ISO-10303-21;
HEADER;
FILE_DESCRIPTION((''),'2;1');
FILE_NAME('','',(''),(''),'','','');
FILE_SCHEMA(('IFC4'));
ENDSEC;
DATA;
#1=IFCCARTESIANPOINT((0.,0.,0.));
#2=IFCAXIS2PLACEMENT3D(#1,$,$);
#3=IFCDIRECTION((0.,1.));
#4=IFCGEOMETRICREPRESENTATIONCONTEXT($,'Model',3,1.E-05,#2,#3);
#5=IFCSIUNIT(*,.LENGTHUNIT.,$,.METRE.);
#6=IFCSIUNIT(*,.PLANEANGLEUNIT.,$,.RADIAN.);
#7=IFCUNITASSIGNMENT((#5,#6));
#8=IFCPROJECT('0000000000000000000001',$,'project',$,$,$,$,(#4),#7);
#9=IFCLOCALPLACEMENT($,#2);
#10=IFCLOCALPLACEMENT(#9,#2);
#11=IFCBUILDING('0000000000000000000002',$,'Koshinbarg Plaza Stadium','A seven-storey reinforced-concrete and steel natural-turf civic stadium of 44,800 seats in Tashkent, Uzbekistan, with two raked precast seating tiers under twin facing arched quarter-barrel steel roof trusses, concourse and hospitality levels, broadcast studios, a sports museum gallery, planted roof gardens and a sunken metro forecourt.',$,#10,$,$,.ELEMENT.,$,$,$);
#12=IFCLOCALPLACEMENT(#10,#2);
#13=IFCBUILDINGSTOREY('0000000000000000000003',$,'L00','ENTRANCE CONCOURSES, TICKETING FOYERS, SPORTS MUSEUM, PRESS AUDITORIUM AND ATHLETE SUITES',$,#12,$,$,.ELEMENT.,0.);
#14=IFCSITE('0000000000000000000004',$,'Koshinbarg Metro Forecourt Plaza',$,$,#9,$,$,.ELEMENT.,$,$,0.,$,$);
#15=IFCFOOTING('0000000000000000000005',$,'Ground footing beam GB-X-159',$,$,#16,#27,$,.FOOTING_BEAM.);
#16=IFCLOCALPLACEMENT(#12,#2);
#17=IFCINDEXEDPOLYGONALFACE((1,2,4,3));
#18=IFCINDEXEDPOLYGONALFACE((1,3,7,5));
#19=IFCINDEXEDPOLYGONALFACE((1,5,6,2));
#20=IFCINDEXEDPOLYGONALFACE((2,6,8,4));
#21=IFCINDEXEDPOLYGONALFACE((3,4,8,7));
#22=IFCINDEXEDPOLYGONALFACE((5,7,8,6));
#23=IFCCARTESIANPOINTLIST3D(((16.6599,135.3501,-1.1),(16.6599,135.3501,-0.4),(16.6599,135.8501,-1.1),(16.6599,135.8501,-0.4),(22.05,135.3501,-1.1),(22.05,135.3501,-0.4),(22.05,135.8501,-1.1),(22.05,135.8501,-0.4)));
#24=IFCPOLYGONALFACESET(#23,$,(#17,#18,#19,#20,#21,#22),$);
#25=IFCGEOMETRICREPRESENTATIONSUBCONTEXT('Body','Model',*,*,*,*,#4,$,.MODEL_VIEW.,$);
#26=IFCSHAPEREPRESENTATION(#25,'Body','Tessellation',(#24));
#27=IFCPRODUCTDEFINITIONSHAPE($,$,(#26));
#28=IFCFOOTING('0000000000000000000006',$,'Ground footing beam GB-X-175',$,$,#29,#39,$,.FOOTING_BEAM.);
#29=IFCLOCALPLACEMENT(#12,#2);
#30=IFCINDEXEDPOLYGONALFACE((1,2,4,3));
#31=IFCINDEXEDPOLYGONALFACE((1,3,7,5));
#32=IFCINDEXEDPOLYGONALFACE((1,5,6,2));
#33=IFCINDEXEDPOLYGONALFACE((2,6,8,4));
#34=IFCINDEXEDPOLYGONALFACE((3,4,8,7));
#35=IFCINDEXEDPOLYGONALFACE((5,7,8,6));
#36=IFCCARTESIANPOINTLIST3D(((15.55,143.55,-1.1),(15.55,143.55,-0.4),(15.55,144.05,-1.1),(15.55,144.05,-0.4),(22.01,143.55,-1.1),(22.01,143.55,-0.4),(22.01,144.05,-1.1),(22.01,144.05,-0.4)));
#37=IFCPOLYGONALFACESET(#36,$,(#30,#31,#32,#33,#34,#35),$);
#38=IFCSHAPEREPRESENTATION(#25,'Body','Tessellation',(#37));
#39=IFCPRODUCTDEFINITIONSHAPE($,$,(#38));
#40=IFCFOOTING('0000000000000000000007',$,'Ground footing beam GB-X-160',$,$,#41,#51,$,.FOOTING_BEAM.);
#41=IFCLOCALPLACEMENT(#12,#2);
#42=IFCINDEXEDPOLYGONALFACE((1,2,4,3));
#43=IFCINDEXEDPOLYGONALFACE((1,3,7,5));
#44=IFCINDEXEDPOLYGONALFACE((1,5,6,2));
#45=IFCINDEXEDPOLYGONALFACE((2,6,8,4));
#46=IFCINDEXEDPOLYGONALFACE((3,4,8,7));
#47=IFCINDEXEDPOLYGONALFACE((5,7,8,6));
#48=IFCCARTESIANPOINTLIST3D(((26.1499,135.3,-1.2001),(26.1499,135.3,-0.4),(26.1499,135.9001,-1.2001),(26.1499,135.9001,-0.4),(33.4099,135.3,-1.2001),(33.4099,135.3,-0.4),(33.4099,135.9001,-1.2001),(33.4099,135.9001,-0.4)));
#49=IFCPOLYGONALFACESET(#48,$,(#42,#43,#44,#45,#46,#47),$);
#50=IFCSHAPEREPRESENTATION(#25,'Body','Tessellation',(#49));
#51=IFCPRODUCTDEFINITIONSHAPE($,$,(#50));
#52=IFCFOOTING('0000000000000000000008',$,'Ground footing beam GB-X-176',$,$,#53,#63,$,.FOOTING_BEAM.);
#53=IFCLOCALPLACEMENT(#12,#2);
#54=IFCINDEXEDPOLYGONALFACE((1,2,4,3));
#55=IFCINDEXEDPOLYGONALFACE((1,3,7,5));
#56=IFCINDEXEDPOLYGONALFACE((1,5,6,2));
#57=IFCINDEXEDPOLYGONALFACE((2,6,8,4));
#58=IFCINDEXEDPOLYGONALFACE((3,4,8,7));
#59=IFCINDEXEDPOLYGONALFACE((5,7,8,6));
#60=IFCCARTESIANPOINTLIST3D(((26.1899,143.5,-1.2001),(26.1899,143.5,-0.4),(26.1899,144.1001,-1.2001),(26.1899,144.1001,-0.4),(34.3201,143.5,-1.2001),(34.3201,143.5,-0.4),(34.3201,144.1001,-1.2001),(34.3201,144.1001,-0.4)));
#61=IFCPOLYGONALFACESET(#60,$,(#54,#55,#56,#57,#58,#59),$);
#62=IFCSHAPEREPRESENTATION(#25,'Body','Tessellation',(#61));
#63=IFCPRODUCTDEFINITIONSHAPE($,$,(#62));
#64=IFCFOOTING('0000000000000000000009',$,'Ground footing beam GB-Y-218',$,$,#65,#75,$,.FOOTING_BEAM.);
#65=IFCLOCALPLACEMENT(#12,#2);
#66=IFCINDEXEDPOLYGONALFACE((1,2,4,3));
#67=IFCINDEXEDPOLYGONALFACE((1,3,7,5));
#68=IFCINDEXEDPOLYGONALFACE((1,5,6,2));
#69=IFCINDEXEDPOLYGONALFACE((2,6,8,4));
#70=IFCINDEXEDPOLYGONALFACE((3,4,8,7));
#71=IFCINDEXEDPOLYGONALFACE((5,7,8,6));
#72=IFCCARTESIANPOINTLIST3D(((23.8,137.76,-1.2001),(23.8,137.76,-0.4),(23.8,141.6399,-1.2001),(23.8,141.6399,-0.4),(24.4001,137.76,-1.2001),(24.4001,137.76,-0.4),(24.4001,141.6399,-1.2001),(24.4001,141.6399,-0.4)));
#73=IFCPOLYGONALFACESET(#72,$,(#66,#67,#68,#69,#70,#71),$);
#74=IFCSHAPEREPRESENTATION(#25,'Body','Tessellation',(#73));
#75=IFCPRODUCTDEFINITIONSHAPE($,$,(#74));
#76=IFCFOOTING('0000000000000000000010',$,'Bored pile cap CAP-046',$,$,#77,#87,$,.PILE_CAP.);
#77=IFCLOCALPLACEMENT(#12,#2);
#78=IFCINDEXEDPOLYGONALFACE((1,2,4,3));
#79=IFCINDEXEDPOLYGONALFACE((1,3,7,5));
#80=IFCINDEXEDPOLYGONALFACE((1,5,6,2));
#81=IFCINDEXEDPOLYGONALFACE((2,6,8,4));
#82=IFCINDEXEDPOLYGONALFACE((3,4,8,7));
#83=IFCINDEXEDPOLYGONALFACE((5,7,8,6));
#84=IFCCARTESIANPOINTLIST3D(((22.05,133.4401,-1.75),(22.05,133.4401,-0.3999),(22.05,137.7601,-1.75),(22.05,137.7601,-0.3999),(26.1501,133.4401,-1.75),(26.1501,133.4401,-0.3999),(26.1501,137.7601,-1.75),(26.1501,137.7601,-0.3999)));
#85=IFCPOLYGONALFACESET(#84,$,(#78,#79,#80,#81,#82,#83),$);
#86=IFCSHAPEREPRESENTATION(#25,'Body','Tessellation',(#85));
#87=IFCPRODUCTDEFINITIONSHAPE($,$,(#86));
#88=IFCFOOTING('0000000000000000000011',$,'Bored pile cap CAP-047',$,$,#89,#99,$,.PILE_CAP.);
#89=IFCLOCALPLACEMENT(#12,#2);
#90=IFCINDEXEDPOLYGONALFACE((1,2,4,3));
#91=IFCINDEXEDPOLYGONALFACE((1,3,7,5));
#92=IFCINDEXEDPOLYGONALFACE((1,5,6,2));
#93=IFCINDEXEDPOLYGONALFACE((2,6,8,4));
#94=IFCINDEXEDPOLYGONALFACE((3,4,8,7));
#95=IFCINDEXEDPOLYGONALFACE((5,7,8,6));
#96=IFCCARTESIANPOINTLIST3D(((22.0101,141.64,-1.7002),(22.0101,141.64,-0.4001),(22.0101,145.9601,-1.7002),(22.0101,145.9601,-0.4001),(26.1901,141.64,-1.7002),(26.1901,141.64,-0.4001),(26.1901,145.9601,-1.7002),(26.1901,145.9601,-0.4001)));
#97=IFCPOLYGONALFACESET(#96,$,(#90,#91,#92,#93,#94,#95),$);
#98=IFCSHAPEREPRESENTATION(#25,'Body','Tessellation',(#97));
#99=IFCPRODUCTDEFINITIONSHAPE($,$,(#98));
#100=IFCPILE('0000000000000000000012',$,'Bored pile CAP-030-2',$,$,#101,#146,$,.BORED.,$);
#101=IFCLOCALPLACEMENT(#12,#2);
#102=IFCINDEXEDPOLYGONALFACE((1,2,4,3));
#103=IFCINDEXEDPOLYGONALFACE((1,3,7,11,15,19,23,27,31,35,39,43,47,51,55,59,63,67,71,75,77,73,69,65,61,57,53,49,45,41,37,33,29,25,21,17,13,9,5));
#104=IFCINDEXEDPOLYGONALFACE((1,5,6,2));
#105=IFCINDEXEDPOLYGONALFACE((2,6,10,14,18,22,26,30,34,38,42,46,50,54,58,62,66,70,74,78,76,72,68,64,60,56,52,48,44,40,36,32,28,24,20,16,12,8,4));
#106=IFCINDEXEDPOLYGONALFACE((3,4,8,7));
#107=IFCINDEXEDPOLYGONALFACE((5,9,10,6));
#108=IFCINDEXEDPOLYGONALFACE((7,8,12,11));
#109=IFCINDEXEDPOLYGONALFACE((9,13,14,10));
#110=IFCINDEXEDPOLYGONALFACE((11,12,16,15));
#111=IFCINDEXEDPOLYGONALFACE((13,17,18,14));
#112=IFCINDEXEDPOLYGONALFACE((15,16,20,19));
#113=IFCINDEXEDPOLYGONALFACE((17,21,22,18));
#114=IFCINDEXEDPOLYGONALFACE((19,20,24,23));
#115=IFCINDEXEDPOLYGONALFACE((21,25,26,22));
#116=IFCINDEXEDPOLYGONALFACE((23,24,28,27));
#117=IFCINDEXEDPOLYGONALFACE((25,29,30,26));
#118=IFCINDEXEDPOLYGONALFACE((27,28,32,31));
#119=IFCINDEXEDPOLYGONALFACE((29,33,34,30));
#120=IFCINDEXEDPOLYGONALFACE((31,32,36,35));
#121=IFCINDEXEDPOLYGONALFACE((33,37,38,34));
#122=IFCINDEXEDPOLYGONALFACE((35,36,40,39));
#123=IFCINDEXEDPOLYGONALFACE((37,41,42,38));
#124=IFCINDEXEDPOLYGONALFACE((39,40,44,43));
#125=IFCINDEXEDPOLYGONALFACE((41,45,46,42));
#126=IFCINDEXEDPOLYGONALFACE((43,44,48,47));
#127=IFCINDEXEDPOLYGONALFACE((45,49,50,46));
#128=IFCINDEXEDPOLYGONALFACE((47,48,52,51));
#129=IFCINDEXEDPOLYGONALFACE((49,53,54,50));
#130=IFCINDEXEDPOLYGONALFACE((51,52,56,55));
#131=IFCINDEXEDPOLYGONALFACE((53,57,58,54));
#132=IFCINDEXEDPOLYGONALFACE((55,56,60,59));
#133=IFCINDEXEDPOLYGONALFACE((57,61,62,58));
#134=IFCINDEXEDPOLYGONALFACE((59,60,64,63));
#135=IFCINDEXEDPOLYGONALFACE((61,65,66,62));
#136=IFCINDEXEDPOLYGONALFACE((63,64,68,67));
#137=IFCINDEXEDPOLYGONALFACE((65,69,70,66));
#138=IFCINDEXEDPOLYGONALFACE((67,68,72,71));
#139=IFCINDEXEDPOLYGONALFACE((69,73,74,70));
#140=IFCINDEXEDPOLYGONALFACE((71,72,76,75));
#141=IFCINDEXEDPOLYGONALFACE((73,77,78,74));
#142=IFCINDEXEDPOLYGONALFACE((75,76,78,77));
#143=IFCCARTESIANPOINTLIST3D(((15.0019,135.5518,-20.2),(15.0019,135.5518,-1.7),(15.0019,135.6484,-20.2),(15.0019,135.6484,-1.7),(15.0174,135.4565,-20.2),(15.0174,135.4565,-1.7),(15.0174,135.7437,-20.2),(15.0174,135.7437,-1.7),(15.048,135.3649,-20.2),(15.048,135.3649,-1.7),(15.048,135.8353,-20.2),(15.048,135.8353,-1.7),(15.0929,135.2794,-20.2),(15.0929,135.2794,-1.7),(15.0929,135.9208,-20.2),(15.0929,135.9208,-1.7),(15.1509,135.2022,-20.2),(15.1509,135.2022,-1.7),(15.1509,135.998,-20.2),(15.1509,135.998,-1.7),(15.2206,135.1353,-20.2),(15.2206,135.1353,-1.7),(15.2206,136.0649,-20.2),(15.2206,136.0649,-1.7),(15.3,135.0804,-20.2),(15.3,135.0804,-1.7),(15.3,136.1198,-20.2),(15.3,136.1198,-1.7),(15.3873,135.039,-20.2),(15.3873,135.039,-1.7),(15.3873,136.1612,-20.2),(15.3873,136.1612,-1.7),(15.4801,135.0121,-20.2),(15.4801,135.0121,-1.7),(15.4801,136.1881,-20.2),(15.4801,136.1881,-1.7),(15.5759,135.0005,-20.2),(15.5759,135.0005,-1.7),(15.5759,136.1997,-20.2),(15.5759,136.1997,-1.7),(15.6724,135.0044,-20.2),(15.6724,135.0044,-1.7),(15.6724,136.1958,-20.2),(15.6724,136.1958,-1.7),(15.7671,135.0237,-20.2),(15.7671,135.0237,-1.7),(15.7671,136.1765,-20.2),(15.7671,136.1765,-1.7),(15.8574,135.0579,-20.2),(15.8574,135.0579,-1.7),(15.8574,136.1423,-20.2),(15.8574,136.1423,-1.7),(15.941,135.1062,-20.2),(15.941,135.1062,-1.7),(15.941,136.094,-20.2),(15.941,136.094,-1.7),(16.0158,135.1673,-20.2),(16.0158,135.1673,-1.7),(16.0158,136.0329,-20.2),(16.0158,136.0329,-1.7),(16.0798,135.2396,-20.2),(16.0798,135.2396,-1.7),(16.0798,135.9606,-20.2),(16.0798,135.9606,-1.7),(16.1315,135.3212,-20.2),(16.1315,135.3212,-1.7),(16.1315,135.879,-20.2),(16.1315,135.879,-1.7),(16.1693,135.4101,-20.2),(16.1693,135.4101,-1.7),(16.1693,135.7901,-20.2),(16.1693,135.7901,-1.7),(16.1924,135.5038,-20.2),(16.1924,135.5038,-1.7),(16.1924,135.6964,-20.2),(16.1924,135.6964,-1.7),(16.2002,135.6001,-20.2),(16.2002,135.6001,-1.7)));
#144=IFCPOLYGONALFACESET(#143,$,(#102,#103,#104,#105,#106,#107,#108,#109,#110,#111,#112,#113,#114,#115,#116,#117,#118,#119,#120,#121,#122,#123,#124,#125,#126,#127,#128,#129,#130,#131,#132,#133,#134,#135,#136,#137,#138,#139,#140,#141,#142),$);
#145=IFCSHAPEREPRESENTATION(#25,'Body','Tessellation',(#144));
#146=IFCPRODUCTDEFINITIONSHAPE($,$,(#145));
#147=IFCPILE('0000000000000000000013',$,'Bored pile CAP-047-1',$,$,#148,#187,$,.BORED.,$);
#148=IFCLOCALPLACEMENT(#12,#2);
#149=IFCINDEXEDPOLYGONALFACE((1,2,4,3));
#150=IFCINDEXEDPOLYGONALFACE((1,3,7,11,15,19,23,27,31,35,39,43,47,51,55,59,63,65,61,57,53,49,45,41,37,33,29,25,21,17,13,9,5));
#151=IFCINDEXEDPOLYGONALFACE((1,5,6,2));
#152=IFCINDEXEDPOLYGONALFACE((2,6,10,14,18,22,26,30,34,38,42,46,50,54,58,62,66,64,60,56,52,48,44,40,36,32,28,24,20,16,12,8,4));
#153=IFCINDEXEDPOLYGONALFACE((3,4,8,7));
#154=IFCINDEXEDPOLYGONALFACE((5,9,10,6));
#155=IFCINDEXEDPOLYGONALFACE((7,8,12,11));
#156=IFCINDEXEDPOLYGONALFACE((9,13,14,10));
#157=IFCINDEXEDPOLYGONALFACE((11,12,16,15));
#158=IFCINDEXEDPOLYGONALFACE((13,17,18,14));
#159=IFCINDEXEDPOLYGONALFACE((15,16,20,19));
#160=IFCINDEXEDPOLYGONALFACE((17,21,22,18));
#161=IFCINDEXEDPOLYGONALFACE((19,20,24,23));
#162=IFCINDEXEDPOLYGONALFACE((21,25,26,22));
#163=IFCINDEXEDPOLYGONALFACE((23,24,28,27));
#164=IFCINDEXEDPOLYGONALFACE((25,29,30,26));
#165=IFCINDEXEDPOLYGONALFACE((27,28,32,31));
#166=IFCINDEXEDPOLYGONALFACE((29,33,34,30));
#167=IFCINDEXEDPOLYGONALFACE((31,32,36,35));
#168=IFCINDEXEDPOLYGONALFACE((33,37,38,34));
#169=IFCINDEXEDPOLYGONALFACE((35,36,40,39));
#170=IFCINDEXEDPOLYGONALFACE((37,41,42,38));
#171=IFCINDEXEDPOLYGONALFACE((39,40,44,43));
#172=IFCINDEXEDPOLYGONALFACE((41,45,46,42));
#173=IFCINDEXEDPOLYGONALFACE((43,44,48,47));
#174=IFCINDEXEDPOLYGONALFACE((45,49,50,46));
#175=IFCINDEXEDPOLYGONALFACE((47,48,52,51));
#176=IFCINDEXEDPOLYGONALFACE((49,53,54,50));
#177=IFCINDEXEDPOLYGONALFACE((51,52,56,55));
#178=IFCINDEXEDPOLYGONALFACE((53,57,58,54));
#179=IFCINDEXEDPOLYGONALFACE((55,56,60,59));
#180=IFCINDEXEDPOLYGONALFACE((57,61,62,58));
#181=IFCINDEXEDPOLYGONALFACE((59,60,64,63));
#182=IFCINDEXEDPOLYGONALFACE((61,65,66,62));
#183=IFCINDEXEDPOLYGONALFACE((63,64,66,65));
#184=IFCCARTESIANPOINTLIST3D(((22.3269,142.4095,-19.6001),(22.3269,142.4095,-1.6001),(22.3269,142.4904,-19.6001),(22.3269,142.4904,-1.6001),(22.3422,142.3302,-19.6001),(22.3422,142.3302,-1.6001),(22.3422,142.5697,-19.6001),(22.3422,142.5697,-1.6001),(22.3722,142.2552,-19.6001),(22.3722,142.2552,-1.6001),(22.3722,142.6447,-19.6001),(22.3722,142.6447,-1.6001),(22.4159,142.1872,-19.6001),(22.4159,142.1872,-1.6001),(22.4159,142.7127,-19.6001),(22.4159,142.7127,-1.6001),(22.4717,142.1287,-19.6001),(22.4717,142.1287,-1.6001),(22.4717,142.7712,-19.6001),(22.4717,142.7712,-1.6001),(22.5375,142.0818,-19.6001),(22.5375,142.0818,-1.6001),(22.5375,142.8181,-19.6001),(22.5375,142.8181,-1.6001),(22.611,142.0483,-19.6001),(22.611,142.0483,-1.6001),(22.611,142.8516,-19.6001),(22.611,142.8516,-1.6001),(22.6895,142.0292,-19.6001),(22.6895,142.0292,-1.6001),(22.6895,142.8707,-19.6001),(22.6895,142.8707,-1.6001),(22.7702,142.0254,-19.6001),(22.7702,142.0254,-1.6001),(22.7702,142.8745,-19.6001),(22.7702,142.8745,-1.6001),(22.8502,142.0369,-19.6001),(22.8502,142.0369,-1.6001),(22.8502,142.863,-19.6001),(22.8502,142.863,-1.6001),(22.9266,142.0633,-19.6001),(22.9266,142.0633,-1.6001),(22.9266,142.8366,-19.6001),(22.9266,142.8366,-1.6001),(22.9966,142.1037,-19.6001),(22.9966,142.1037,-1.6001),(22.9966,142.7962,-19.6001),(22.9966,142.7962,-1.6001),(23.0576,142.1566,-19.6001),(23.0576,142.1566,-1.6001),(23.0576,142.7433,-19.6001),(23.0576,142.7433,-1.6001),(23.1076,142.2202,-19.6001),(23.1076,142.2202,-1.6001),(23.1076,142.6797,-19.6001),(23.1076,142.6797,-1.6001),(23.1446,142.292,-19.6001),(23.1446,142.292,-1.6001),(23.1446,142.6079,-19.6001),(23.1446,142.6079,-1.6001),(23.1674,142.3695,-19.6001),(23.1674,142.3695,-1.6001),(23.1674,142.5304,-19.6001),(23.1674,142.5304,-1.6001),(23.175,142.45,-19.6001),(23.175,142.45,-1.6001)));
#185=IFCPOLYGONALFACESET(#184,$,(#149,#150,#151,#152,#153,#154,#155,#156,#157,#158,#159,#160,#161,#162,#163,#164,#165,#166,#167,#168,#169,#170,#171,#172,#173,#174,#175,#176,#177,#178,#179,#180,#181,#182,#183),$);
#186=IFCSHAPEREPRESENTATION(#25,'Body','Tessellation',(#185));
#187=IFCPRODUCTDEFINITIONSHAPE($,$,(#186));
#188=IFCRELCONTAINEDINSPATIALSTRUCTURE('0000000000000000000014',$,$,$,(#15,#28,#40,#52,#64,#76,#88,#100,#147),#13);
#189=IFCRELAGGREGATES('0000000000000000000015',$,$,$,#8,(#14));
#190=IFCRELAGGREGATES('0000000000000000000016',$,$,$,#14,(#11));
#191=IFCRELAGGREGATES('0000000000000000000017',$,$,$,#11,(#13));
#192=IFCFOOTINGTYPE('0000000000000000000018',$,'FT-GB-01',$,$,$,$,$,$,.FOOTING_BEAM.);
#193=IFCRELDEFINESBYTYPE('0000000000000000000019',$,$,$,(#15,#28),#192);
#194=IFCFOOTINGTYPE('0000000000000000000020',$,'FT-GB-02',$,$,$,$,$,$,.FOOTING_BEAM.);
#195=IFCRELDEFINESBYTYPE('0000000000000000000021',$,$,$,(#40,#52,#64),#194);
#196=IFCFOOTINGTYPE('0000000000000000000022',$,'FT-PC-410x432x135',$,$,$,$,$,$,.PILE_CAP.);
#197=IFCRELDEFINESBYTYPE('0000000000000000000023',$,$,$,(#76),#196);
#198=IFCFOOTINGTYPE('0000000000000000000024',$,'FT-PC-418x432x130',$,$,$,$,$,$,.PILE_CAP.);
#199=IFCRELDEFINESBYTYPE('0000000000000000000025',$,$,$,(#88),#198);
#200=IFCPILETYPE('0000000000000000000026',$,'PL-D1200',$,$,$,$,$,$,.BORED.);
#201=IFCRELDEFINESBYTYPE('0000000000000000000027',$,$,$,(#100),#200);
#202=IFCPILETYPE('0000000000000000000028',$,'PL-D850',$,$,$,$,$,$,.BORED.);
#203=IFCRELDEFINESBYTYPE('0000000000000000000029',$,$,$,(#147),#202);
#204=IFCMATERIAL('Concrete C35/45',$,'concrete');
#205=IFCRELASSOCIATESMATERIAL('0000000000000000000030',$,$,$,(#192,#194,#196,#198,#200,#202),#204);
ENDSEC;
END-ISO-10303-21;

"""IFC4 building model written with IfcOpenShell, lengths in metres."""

from ifc_helpers import new_model, si_unit, direction, frame, origin, origin_2d, place, context, subcontext, project, spatial, rectangle, circle, extrude, material, material_profile, profile_set, type_object, element, save


model = new_model("IFC4")

# Units and contexts
model_context = context("Model", 3, precision=1e-05, world=origin(), true_north=direction((0.0, 1.0)))
body_context = subcontext(model_context, "Body", "Model", "MODEL_VIEW")
ifc_project = project(units=[si_unit("LENGTHUNIT", "METRE"), si_unit("PLANEANGLEUNIT", "RADIAN")], contexts=[model_context])

# Site, building, storey
site_placement = place(None, origin())
site = spatial("IfcSite", under=ifc_project, at=site_placement, Name="Koshinbarg Metro Forecourt Plaza", CompositionType="ELEMENT", RefElevation=0.0)
building_placement = place(site_placement, origin())
building = spatial("IfcBuilding", under=site, at=building_placement, Name="Koshinbarg Plaza Stadium", Description="A seven-storey reinforced-concrete and steel natural-turf civic stadium of 44,800 seats in Tashkent, Uzbekistan, with two raked precast seating tiers under twin facing arched quarter-barrel steel roof trusses, concourse and hospitality levels, broadcast studios, a sports museum gallery, planted roof gardens and a sunken metro forecourt.", CompositionType="ELEMENT")
storey_placement = place(building_placement, origin())
storey = spatial("IfcBuildingStorey", under=building, at=storey_placement, Name="L00", Description="ENTRANCE CONCOURSES, TICKETING FOYERS, SPORTS MUSEUM, PRESS AUDITORIUM AND ATHLETE SUITES", CompositionType="ELEMENT", Elevation=0.0)

# Footings
ifc_material_1 = material(Name="Concrete C35/45", Category="concrete")
ifc_material_profile_1 = material_profile(ifc_material_1, rectangle(XDim=0.5, YDim=0.7, at=origin_2d()), Name="GB 500x700")
ifc_profile_set_1 = profile_set([ifc_material_profile_1], Name="Concrete C35/45")
footing_type_1 = type_object("IfcFootingType", Name="FT-GB-01", PredefinedType="FOOTING_BEAM", material=ifc_profile_set_1)
footing_1_placement = place(storey_placement, frame((16.6599, 135.6001, -0.75), z_axis=(1.0, 0.0, 0.0), x_axis=(0.0, 1.0, 0.0)))
element("IfcFooting", 1, at=footing_1_placement, inside=storey, type_object=footing_type_1, Name="Ground footing beam GB-X-159", PredefinedType="FOOTING_BEAM", context=body_context, shape_type="SweptSolid", body=[
    extrude(rectangle(XDim=0.5, YDim=0.7, at=origin_2d()), origin(), (0.0, 0.0, 1.0), 5.3901),
])
footing_2_placement = place(storey_placement, frame((15.55, 143.8, -0.75), z_axis=(1.0, 0.0, 0.0), x_axis=(0.0, 1.0, 0.0)))
element("IfcFooting", 2, at=footing_2_placement, inside=storey, type_object=footing_type_1, Name="Ground footing beam GB-X-175", PredefinedType="FOOTING_BEAM", context=body_context, shape_type="SweptSolid", body=[
    extrude(rectangle(XDim=0.5, YDim=0.7, at=origin_2d()), origin(), (0.0, 0.0, 1.0), 6.46),
])
ifc_material_profile_2 = material_profile(ifc_material_1, rectangle(XDim=0.6001, YDim=0.8, at=origin_2d()), Name="GB 600x800")
ifc_profile_set_2 = profile_set([ifc_material_profile_2], Name="Concrete C35/45")
footing_type_2 = type_object("IfcFootingType", Name="FT-GB-02", PredefinedType="FOOTING_BEAM", material=ifc_profile_set_2)
footing_3_placement = place(storey_placement, frame((26.1499, 135.6001, -0.8), z_axis=(1.0, 0.0, 0.0), x_axis=(0.0, 1.0, 0.0)))
element("IfcFooting", 3, at=footing_3_placement, inside=storey, type_object=footing_type_2, Name="Ground footing beam GB-X-160", PredefinedType="FOOTING_BEAM", context=body_context, shape_type="SweptSolid", body=[
    extrude(rectangle(XDim=0.6001, YDim=0.8, at=origin_2d()), origin(), (0.0, 0.0, 1.0), 7.26),
])
footing_4_placement = place(storey_placement, frame((26.1899, 143.8, -0.8), z_axis=(1.0, 0.0, 0.0), x_axis=(0.0, 1.0, 0.0)))
element("IfcFooting", 4, at=footing_4_placement, inside=storey, type_object=footing_type_2, Name="Ground footing beam GB-X-176", PredefinedType="FOOTING_BEAM", context=body_context, shape_type="SweptSolid", body=[
    extrude(rectangle(XDim=0.6001, YDim=0.8, at=origin_2d()), origin(), (0.0, 0.0, 1.0), 8.1301),
])
footing_5_placement = place(storey_placement, frame((24.1001, 137.76, -0.8), z_axis=(0.0, 1.0, 0.0), x_axis=(-1.0, 0.0, 0.0)))
element("IfcFooting", 5, at=footing_5_placement, inside=storey, type_object=footing_type_2, Name="Ground footing beam GB-Y-218", PredefinedType="FOOTING_BEAM", context=body_context, shape_type="SweptSolid", body=[
    extrude(rectangle(XDim=0.6001, YDim=0.8, at=origin_2d()), origin(), (0.0, 0.0, 1.0), 3.8799),
])
footing_type_3 = type_object("IfcFootingType", Name="FT-PC-410x432x135", PredefinedType="PILE_CAP", material=ifc_material_1)
footing_6_placement = place(storey_placement, frame((24.1001, 135.6001, -1.75), z_axis=(0.0, 0.0, 1.0), x_axis=(1.0, 0.0, 0.0)))
element("IfcFooting", 6, at=footing_6_placement, inside=storey, type_object=footing_type_3, Name="Bored pile cap CAP-046", PredefinedType="PILE_CAP", context=body_context, shape_type="SweptSolid", body=[
    extrude(rectangle(XDim=4.1001, YDim=4.3201, at=origin_2d()), origin(), (0.0, 0.0, 1.0), 1.3501),
])
footing_type_4 = type_object("IfcFootingType", Name="FT-PC-418x432x130", PredefinedType="PILE_CAP", material=ifc_material_1)
footing_7_placement = place(storey_placement, frame((24.1001, 143.8, -1.7002), z_axis=(0.0, 0.0, 1.0), x_axis=(1.0, 0.0, 0.0)))
element("IfcFooting", 7, at=footing_7_placement, inside=storey, type_object=footing_type_4, Name="Bored pile cap CAP-047", PredefinedType="PILE_CAP", context=body_context, shape_type="SweptSolid", body=[
    extrude(rectangle(XDim=4.1799, YDim=4.3201, at=origin_2d()), origin(), (0.0, 0.0, 1.0), 1.3),
])

# Piles
ifc_material_profile_3 = material_profile(ifc_material_1, circle(Radius=0.6001, at=origin_2d()), Name="PILE D1200")
ifc_profile_set_3 = profile_set([ifc_material_profile_3], Name="Concrete C35/45")
pile_type_1 = type_object("IfcPileType", Name="PL-D1200", PredefinedType="BORED", material=ifc_profile_set_3)
pile_1_placement = place(storey_placement, frame((15.6001, 135.6001, -1.7), z_axis=(0.0, 0.0, -1.0), x_axis=(1.0, 0.0, 0.0)))
element("IfcPile", 8, at=pile_1_placement, inside=storey, type_object=pile_type_1, Name="Bored pile CAP-030-2", PredefinedType="BORED", context=body_context, shape_type="SweptSolid", body=[
    extrude(circle(Radius=0.6001, at=origin_2d()), origin(), (0.0, 0.0, 1.0), 18.5),
])
ifc_material_profile_4 = material_profile(ifc_material_1, circle(Radius=0.425, at=origin_2d()), Name="PILE D850")
ifc_profile_set_4 = profile_set([ifc_material_profile_4], Name="Concrete C35/45")
pile_type_2 = type_object("IfcPileType", Name="PL-D850", PredefinedType="BORED", material=ifc_profile_set_4)
for number, where, z_axis, x_axis, name in (
    (9, (22.75, 142.45, -1.6001), (0.0, 0.0, -1.0), (1.0, 0.0, 0.0), "Bored pile CAP-047-1"),
):
    element("IfcPile", number, at=place(storey_placement, frame(where, z_axis=z_axis, x_axis=x_axis)), inside=storey, type_object=pile_type_2, Name=name, PredefinedType="BORED", context=body_context, shape_type="SweptSolid", body=[
        extrude(circle(Radius=0.425, at=origin_2d()), origin(), (0.0, 0.0, 1.0), 18.0),
    ])

save(model, "model.ifc")
